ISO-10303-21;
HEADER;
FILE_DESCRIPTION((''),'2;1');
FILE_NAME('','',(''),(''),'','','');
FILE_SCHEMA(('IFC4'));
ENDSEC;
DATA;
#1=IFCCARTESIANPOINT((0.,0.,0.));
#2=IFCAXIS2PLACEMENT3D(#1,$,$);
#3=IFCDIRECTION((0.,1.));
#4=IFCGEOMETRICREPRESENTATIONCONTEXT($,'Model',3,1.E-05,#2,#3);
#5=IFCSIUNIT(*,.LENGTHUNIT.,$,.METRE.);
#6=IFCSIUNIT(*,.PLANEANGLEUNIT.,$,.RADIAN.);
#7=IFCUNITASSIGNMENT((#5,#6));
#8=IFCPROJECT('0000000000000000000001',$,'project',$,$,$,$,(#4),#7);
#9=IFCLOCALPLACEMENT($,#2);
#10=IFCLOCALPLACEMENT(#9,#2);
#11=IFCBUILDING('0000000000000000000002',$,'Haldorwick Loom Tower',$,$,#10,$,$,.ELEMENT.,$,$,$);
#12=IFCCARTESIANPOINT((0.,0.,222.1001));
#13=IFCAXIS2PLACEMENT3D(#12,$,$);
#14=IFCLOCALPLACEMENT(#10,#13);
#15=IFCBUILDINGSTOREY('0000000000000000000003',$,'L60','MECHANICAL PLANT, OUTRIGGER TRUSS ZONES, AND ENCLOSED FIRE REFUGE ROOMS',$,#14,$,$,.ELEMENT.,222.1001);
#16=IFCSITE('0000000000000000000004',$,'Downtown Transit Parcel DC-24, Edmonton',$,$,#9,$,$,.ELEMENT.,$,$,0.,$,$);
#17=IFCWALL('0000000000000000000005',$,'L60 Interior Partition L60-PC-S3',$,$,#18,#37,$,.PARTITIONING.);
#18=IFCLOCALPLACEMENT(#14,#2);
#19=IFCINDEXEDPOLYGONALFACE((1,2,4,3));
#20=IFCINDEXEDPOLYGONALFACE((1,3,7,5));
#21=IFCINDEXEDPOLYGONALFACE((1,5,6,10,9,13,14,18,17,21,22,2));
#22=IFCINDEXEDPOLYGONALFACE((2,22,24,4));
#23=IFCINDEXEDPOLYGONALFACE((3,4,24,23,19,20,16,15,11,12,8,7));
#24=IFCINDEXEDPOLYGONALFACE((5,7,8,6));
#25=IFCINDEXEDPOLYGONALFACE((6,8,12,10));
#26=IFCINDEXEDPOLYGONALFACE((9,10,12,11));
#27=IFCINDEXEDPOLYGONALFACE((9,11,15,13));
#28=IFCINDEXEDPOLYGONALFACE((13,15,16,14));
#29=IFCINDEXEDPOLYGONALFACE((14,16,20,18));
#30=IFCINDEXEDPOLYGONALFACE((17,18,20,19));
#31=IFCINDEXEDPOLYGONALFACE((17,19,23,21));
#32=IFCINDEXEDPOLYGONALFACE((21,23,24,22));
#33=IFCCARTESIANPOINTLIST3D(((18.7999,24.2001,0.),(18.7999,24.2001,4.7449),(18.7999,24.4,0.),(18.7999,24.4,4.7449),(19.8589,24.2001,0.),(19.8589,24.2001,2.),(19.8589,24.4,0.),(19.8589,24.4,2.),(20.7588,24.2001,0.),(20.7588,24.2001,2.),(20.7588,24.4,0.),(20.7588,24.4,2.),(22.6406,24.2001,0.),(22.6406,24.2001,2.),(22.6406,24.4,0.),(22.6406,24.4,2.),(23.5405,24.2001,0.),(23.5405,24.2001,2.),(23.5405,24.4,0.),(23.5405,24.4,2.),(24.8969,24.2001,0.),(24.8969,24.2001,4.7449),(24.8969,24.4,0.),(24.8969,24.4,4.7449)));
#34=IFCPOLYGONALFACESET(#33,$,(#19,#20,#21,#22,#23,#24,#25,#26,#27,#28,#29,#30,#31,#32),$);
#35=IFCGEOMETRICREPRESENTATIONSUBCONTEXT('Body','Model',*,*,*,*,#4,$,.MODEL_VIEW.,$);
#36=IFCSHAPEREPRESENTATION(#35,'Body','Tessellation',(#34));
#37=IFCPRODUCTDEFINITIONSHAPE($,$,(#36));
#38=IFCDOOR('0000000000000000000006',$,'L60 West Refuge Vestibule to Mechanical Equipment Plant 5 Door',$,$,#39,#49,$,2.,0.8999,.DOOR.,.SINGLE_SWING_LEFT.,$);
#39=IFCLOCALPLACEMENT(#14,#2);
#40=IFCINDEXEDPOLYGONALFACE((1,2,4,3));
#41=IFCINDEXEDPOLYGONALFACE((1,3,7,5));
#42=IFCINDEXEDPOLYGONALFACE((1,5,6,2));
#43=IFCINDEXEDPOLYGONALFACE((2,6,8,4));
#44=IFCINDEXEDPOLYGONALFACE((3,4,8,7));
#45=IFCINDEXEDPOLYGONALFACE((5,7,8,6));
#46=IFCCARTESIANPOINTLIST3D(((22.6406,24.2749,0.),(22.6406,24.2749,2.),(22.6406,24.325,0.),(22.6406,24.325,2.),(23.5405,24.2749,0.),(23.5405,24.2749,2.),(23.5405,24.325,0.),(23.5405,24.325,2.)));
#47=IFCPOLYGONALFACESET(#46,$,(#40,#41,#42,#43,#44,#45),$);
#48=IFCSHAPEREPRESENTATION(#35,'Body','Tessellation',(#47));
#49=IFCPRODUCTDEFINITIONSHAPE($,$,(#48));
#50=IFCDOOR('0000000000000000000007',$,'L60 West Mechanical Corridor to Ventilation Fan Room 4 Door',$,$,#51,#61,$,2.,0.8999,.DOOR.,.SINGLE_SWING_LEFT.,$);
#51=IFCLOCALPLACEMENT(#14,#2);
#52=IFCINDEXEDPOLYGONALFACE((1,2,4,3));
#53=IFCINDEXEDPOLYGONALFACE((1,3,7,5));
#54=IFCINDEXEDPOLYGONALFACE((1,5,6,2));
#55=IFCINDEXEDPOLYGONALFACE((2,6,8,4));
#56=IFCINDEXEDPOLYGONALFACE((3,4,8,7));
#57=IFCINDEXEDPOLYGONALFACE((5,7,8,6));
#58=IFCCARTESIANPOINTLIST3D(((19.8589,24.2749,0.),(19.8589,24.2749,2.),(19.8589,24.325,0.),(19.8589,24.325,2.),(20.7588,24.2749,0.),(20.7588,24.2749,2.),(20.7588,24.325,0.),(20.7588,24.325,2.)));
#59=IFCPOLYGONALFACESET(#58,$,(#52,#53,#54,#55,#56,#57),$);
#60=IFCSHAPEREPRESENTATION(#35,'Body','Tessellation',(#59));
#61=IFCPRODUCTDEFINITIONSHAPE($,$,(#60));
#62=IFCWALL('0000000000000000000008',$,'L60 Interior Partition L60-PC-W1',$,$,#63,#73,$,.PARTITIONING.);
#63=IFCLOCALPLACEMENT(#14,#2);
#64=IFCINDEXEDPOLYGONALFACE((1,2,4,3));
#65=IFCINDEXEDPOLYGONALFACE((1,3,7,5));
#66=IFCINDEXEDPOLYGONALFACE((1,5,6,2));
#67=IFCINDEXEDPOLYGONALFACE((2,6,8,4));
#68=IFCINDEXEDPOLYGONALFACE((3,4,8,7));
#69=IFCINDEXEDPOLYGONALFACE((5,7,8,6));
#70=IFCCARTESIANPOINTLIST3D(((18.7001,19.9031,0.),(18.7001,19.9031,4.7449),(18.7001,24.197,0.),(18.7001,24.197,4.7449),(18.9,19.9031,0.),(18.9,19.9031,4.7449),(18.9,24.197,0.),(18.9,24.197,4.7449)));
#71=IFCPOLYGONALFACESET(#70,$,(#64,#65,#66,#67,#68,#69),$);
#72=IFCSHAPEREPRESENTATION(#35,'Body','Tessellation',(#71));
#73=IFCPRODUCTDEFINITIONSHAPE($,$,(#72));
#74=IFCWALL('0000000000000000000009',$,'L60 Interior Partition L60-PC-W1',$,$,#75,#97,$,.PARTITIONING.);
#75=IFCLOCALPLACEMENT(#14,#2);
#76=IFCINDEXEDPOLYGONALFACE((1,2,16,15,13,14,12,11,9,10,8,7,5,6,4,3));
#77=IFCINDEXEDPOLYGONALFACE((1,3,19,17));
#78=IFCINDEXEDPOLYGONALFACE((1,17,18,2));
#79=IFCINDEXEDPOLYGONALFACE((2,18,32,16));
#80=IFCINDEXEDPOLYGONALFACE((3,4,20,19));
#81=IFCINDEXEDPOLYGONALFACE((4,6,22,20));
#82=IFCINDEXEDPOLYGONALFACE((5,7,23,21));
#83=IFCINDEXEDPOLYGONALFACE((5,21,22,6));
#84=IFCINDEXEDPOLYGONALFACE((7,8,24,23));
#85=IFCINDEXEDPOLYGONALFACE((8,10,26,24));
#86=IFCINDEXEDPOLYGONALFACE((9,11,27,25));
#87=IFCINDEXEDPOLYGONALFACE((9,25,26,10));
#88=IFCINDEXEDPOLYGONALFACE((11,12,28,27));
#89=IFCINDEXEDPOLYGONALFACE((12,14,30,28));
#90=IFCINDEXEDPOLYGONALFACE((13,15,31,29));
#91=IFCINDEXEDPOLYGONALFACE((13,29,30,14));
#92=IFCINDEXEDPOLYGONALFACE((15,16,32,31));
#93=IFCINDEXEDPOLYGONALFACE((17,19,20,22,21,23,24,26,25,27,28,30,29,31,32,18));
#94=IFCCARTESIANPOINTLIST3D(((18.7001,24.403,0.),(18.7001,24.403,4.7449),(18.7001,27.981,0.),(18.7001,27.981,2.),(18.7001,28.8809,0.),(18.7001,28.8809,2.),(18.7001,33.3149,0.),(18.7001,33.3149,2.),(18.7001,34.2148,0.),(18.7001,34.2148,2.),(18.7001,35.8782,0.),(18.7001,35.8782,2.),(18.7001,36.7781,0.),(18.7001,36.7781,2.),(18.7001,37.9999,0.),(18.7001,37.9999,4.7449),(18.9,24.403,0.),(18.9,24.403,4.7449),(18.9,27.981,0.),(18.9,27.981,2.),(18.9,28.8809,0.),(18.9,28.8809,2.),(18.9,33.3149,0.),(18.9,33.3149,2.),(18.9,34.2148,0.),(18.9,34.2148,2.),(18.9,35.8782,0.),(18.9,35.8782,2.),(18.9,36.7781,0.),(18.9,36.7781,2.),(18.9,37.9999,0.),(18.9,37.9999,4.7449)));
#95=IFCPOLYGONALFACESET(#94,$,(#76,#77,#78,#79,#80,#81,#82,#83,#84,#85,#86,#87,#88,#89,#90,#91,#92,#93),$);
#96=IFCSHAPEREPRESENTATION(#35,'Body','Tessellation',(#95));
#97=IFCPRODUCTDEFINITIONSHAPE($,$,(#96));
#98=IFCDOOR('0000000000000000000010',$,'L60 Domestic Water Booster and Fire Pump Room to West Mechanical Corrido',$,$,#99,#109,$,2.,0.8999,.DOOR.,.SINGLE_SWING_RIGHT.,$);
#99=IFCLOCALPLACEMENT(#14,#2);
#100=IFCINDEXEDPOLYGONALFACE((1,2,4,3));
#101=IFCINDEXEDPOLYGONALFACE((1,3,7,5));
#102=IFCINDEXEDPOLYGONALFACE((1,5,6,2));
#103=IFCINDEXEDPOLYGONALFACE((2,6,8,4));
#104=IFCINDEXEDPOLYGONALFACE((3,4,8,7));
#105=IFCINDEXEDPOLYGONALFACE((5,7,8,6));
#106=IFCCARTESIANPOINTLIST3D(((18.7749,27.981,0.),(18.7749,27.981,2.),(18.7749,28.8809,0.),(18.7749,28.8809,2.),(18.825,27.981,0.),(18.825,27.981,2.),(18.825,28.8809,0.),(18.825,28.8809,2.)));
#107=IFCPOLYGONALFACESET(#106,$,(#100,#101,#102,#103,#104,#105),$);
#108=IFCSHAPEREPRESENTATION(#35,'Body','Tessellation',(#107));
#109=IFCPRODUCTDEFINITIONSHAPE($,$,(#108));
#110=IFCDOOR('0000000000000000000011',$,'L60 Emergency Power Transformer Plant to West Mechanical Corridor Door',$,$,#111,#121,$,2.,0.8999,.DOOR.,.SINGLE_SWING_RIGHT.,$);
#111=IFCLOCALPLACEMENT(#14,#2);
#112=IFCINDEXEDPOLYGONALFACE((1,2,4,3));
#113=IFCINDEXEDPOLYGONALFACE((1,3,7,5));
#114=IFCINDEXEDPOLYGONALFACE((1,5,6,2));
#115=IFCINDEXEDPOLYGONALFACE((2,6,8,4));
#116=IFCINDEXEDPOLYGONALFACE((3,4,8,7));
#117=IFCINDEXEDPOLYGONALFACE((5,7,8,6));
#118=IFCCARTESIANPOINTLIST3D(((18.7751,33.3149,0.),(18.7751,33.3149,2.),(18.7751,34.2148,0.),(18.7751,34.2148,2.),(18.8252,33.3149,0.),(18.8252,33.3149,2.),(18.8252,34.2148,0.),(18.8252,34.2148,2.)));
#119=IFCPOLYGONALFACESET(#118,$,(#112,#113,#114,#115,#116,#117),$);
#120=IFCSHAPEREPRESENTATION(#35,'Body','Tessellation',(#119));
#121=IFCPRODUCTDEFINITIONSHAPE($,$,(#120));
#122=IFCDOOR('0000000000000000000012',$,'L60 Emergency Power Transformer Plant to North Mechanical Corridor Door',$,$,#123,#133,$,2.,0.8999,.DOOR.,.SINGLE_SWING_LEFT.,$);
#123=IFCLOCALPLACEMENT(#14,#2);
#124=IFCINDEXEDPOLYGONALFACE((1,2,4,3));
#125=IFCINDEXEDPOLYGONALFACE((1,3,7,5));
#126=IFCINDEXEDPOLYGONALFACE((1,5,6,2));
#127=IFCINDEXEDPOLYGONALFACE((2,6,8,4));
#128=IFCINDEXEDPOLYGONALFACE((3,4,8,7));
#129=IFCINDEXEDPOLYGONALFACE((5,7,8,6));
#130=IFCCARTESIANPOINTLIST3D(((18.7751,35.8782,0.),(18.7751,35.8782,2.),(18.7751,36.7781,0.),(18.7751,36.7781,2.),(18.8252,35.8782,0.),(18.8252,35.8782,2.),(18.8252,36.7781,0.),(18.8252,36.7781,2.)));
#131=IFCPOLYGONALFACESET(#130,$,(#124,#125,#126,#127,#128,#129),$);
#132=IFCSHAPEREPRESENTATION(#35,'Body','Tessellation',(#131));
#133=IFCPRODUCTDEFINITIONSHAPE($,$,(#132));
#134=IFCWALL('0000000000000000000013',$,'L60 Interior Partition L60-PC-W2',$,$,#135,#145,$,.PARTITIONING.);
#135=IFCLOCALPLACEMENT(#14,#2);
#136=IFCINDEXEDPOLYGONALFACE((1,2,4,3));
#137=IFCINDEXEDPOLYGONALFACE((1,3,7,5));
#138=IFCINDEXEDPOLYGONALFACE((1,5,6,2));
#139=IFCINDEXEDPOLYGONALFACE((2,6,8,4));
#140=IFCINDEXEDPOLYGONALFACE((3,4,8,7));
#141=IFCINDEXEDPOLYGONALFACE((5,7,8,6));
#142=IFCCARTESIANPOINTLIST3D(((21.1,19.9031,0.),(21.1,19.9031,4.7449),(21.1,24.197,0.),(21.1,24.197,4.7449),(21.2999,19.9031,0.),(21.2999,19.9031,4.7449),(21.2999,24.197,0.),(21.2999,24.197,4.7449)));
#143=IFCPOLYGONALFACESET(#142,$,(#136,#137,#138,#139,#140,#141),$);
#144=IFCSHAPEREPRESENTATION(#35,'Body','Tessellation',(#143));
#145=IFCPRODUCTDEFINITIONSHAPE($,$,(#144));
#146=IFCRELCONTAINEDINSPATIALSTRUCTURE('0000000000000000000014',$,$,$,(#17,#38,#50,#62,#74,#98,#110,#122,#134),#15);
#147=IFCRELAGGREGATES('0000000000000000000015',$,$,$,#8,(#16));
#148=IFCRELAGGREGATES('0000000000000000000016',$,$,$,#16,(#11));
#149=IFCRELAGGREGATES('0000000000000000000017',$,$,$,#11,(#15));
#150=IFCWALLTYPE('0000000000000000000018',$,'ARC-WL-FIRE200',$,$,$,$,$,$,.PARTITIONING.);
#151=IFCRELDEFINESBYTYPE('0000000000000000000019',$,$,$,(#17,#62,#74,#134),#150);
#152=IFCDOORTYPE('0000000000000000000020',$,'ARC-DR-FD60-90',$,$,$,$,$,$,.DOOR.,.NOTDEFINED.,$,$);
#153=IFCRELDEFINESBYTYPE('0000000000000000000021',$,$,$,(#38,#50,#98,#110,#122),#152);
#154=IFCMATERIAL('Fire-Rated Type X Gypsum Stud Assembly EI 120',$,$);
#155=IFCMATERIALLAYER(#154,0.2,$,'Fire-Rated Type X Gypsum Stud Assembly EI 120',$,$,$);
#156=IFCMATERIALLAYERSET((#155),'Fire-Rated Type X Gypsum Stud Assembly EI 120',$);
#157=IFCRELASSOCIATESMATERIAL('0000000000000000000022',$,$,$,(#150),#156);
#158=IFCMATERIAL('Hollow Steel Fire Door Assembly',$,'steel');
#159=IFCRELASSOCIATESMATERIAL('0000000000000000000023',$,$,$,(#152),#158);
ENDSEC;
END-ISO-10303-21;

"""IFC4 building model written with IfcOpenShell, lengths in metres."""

from ifc_helpers import new_model, si_unit, direction, frame, frame_2d, origin, place, context, subcontext, project, spatial, rectangle, extrude, material, layer, layer_set, type_object, element, fill, save


model = new_model("IFC4")

# Units and contexts
model_context = context("Model", 3, precision=1e-05, world=origin(), true_north=direction((0.0, 1.0)))
body_context = subcontext(model_context, "Body", "Model", "MODEL_VIEW")
ifc_project = project(units=[si_unit("LENGTHUNIT", "METRE"), si_unit("PLANEANGLEUNIT", "RADIAN")], contexts=[model_context])

# Site, building, storey
site_placement = place(None, origin())
site = spatial("IfcSite", under=ifc_project, at=site_placement, Name="Downtown Transit Parcel DC-24, Edmonton", CompositionType="ELEMENT", RefElevation=0.0)
building_placement = place(site_placement, origin())
building = spatial("IfcBuilding", under=site, at=building_placement, Name="Haldorwick Loom Tower", CompositionType="ELEMENT")
storey_placement = place(building_placement, frame((0.0, 0.0, 222.1001)))
storey = spatial("IfcBuildingStorey", under=building, at=storey_placement, Name="L60", Description="MECHANICAL PLANT, OUTRIGGER TRUSS ZONES, AND ENCLOSED FIRE REFUGE ROOMS", CompositionType="ELEMENT", Elevation=222.1001)

# Wall, openings, doors
ifc_material_1 = material(Name="Fire-Rated Type X Gypsum Stud Assembly EI 120")
ifc_layer_1 = layer(ifc_material_1, 0.2, Name="Fire-Rated Type X Gypsum Stud Assembly EI 120")
ifc_layer_set_1 = layer_set([ifc_layer_1], Name="Fire-Rated Type X Gypsum Stud Assembly EI 120")
wall_type_1 = type_object("IfcWallType", Name="ARC-WL-FIRE200", PredefinedType="PARTITIONING", material=ifc_layer_set_1)
wall_1_placement = place(storey_placement, frame((18.8, 24.3, 0.0), z_axis=(0.0, 0.0, 1.0), x_axis=(1.0, 0.0, 0.0)))
wall_1 = element("IfcWall", 1, at=wall_1_placement, inside=storey, type_object=wall_type_1, Name="L60 Interior Partition L60-PC-S3", PredefinedType="PARTITIONING", context=body_context, shape_type="SweptSolid", body=[
    extrude(rectangle(XDim=6.0969, YDim=0.2, at=frame_2d((3.0483, 0.0))), origin(), (0.0, 0.0, 1.0), 4.7449),
])
opening_1_placement = place(wall_1_placement, frame((3.8406, 0.0, 0.0)))
opening_1 = element("IfcOpeningElement", 2, at=opening_1_placement, cuts=wall_1, PredefinedType="OPENING", context=body_context, shape_type="SweptSolid", body=[
    extrude(rectangle(XDim=0.8999, YDim=2.0, at=frame_2d((0.45, 1.0))), frame((0.0, 0.1099, 0.0), z_axis=(0.0, -1.0, 0.0), x_axis=(1.0, 0.0, 0.0)), (0.0, 0.0, 1.0), 0.22),
])
opening_2_placement = place(wall_1_placement, frame((1.0588, 0.0, 0.0)))
opening_2 = element("IfcOpeningElement", 3, at=opening_2_placement, cuts=wall_1, PredefinedType="OPENING", context=body_context, shape_type="SweptSolid", body=[
    extrude(rectangle(XDim=0.8999, YDim=2.0, at=frame_2d((0.45, 1.0))), frame((0.0, 0.1099, 0.0), z_axis=(0.0, -1.0, 0.0), x_axis=(1.0, 0.0, 0.0)), (0.0, 0.0, 1.0), 0.22),
])
ifc_material_2 = material(Name="Hollow Steel Fire Door Assembly", Category="steel")
door_type_1 = type_object("IfcDoorType", Name="ARC-DR-FD60-90", OperationType="NOTDEFINED", PredefinedType="DOOR", material=ifc_material_2)
door_1_placement = place(opening_1_placement, origin())
door_1 = element("IfcDoor", 4, at=door_1_placement, inside=storey, type_object=door_type_1, Name="L60 West Refuge Vestibule to Mechanical Equipment Plant 5 Door", OperationType="SINGLE_SWING_LEFT", OverallHeight=2.0, OverallWidth=0.8999, PredefinedType="DOOR", context=body_context, shape_type="SweptSolid", body=[
    extrude(rectangle(XDim=0.8999, YDim=2.0, at=frame_2d((0.45, 1.0))), frame((0.0, 0.0249, 0.0), z_axis=(0.0, -1.0, 0.0), x_axis=(1.0, 0.0, 0.0)), (0.0, 0.0, 1.0), 0.05),
])
fill(opening_1, door_1)
door_2_placement = place(opening_2_placement, origin())
door_2 = element("IfcDoor", 5, at=door_2_placement, inside=storey, type_object=door_type_1, Name="L60 West Mechanical Corridor to Ventilation Fan Room 4 Door", OperationType="SINGLE_SWING_LEFT", OverallHeight=2.0, OverallWidth=0.8999, PredefinedType="DOOR", context=body_context, shape_type="SweptSolid", body=[
    extrude(rectangle(XDim=0.8999, YDim=2.0, at=frame_2d((0.45, 1.0))), frame((0.0, 0.0249, 0.0), z_axis=(0.0, -1.0, 0.0), x_axis=(1.0, 0.0, 0.0)), (0.0, 0.0, 1.0), 0.05),
])
fill(opening_2, door_2)

# Wall
wall_2_placement = place(storey_placement, frame((18.8, 19.9031, 0.0), z_axis=(0.0, 0.0, 1.0), x_axis=(0.0, 1.0, 0.0)))
element("IfcWall", 6, at=wall_2_placement, inside=storey, type_object=wall_type_1, Name="L60 Interior Partition L60-PC-W1", PredefinedType="PARTITIONING", context=body_context, shape_type="SweptSolid", body=[
    extrude(rectangle(XDim=4.2939, YDim=0.2, at=frame_2d((2.147, 0.0))), origin(), (0.0, 0.0, 1.0), 4.7449),
])

# Wall, openings, doors
wall_3_placement = place(storey_placement, frame((18.8, 24.4031, 0.0), z_axis=(0.0, 0.0, 1.0), x_axis=(0.0, 1.0, 0.0)))
wall_3 = element("IfcWall", 7, at=wall_3_placement, inside=storey, type_object=wall_type_1, Name="L60 Interior Partition L60-PC-W1", PredefinedType="PARTITIONING", context=body_context, shape_type="SweptSolid", body=[
    extrude(rectangle(XDim=13.5969, YDim=0.2, at=frame_2d((6.7983, 0.0))), origin(), (0.0, 0.0, 1.0), 4.7449),
])
opening_3_placement = place(wall_3_placement, frame((3.5779, 0.0, 0.0)))
opening_3 = element("IfcOpeningElement", 8, at=opening_3_placement, cuts=wall_3, PredefinedType="OPENING", context=body_context, shape_type="SweptSolid", body=[
    extrude(rectangle(XDim=0.8999, YDim=2.0, at=frame_2d((0.45, 1.0))), frame((0.0, 0.1099, 0.0), z_axis=(0.0, -1.0, 0.0), x_axis=(1.0, 0.0, 0.0)), (0.0, 0.0, 1.0), 0.22),
])
opening_4_placement = place(wall_3_placement, frame((8.9119, 0.0, 0.0)))
opening_4 = element("IfcOpeningElement", 9, at=opening_4_placement, cuts=wall_3, PredefinedType="OPENING", context=body_context, shape_type="SweptSolid", body=[
    extrude(rectangle(XDim=0.8999, YDim=2.0, at=frame_2d((0.45, 1.0))), frame((0.0, 0.1099, 0.0), z_axis=(0.0, -1.0, 0.0), x_axis=(1.0, 0.0, 0.0)), (0.0, 0.0, 1.0), 0.22),
])
opening_5_placement = place(wall_3_placement, frame((11.4751, 0.0, 0.0)))
opening_5 = element("IfcOpeningElement", 10, at=opening_5_placement, cuts=wall_3, PredefinedType="OPENING", context=body_context, shape_type="SweptSolid", body=[
    extrude(rectangle(XDim=0.8999, YDim=2.0, at=frame_2d((0.45, 1.0))), frame((0.0, 0.1099, 0.0), z_axis=(0.0, -1.0, 0.0), x_axis=(1.0, 0.0, 0.0)), (0.0, 0.0, 1.0), 0.22),
])
door_3_placement = place(opening_3_placement, frame((0.8999, 0.0, 0.0), z_axis=(0.0, 0.0, 1.0), x_axis=(-1.0, 0.0, 0.0)))
door_3 = element("IfcDoor", 11, at=door_3_placement, inside=storey, type_object=door_type_1, Name="L60 Domestic Water Booster and Fire Pump Room to West Mechanical Corrido", OperationType="SINGLE_SWING_RIGHT", OverallHeight=2.0, OverallWidth=0.8999, PredefinedType="DOOR", context=body_context, shape_type="SweptSolid", body=[
    extrude(rectangle(XDim=0.8999, YDim=2.0, at=frame_2d((0.45, 1.0))), frame((0.0, 0.0249, 0.0), z_axis=(0.0, -1.0, 0.0), x_axis=(1.0, 0.0, 0.0)), (0.0, 0.0, 1.0), 0.05),
])
fill(opening_3, door_3)
door_4_placement = place(opening_4_placement, origin())
door_4 = element("IfcDoor", 12, at=door_4_placement, inside=storey, type_object=door_type_1, Name="L60 Emergency Power Transformer Plant to West Mechanical Corridor Door", OperationType="SINGLE_SWING_RIGHT", OverallHeight=2.0, OverallWidth=0.8999, PredefinedType="DOOR", context=body_context, shape_type="SweptSolid", body=[
    extrude(rectangle(XDim=0.8999, YDim=2.0, at=frame_2d((0.45, 1.0))), frame((0.0, 0.0249, 0.0), z_axis=(0.0, -1.0, 0.0), x_axis=(1.0, 0.0, 0.0)), (0.0, 0.0, 1.0), 0.05),
])
fill(opening_4, door_4)
door_5_placement = place(opening_5_placement, origin())
door_5 = element("IfcDoor", 13, at=door_5_placement, inside=storey, type_object=door_type_1, Name="L60 Emergency Power Transformer Plant to North Mechanical Corridor Door", OperationType="SINGLE_SWING_LEFT", OverallHeight=2.0, OverallWidth=0.8999, PredefinedType="DOOR", context=body_context, shape_type="SweptSolid", body=[
    extrude(rectangle(XDim=0.8999, YDim=2.0, at=frame_2d((0.45, 1.0))), frame((0.0, 0.0249, 0.0), z_axis=(0.0, -1.0, 0.0), x_axis=(1.0, 0.0, 0.0)), (0.0, 0.0, 1.0), 0.05),
])
fill(opening_5, door_5)

# Wall
wall_4_placement = place(storey_placement, frame((21.2, 19.9031, 0.0), z_axis=(0.0, 0.0, 1.0), x_axis=(0.0, 1.0, 0.0)))
element("IfcWall", 14, at=wall_4_placement, inside=storey, type_object=wall_type_1, Name="L60 Interior Partition L60-PC-W2", PredefinedType="PARTITIONING", context=body_context, shape_type="SweptSolid", body=[
    extrude(rectangle(XDim=4.2939, YDim=0.2, at=frame_2d((2.147, 0.0))), origin(), (0.0, 0.0, 1.0), 4.7449),
])

save(model, "model.ifc")
